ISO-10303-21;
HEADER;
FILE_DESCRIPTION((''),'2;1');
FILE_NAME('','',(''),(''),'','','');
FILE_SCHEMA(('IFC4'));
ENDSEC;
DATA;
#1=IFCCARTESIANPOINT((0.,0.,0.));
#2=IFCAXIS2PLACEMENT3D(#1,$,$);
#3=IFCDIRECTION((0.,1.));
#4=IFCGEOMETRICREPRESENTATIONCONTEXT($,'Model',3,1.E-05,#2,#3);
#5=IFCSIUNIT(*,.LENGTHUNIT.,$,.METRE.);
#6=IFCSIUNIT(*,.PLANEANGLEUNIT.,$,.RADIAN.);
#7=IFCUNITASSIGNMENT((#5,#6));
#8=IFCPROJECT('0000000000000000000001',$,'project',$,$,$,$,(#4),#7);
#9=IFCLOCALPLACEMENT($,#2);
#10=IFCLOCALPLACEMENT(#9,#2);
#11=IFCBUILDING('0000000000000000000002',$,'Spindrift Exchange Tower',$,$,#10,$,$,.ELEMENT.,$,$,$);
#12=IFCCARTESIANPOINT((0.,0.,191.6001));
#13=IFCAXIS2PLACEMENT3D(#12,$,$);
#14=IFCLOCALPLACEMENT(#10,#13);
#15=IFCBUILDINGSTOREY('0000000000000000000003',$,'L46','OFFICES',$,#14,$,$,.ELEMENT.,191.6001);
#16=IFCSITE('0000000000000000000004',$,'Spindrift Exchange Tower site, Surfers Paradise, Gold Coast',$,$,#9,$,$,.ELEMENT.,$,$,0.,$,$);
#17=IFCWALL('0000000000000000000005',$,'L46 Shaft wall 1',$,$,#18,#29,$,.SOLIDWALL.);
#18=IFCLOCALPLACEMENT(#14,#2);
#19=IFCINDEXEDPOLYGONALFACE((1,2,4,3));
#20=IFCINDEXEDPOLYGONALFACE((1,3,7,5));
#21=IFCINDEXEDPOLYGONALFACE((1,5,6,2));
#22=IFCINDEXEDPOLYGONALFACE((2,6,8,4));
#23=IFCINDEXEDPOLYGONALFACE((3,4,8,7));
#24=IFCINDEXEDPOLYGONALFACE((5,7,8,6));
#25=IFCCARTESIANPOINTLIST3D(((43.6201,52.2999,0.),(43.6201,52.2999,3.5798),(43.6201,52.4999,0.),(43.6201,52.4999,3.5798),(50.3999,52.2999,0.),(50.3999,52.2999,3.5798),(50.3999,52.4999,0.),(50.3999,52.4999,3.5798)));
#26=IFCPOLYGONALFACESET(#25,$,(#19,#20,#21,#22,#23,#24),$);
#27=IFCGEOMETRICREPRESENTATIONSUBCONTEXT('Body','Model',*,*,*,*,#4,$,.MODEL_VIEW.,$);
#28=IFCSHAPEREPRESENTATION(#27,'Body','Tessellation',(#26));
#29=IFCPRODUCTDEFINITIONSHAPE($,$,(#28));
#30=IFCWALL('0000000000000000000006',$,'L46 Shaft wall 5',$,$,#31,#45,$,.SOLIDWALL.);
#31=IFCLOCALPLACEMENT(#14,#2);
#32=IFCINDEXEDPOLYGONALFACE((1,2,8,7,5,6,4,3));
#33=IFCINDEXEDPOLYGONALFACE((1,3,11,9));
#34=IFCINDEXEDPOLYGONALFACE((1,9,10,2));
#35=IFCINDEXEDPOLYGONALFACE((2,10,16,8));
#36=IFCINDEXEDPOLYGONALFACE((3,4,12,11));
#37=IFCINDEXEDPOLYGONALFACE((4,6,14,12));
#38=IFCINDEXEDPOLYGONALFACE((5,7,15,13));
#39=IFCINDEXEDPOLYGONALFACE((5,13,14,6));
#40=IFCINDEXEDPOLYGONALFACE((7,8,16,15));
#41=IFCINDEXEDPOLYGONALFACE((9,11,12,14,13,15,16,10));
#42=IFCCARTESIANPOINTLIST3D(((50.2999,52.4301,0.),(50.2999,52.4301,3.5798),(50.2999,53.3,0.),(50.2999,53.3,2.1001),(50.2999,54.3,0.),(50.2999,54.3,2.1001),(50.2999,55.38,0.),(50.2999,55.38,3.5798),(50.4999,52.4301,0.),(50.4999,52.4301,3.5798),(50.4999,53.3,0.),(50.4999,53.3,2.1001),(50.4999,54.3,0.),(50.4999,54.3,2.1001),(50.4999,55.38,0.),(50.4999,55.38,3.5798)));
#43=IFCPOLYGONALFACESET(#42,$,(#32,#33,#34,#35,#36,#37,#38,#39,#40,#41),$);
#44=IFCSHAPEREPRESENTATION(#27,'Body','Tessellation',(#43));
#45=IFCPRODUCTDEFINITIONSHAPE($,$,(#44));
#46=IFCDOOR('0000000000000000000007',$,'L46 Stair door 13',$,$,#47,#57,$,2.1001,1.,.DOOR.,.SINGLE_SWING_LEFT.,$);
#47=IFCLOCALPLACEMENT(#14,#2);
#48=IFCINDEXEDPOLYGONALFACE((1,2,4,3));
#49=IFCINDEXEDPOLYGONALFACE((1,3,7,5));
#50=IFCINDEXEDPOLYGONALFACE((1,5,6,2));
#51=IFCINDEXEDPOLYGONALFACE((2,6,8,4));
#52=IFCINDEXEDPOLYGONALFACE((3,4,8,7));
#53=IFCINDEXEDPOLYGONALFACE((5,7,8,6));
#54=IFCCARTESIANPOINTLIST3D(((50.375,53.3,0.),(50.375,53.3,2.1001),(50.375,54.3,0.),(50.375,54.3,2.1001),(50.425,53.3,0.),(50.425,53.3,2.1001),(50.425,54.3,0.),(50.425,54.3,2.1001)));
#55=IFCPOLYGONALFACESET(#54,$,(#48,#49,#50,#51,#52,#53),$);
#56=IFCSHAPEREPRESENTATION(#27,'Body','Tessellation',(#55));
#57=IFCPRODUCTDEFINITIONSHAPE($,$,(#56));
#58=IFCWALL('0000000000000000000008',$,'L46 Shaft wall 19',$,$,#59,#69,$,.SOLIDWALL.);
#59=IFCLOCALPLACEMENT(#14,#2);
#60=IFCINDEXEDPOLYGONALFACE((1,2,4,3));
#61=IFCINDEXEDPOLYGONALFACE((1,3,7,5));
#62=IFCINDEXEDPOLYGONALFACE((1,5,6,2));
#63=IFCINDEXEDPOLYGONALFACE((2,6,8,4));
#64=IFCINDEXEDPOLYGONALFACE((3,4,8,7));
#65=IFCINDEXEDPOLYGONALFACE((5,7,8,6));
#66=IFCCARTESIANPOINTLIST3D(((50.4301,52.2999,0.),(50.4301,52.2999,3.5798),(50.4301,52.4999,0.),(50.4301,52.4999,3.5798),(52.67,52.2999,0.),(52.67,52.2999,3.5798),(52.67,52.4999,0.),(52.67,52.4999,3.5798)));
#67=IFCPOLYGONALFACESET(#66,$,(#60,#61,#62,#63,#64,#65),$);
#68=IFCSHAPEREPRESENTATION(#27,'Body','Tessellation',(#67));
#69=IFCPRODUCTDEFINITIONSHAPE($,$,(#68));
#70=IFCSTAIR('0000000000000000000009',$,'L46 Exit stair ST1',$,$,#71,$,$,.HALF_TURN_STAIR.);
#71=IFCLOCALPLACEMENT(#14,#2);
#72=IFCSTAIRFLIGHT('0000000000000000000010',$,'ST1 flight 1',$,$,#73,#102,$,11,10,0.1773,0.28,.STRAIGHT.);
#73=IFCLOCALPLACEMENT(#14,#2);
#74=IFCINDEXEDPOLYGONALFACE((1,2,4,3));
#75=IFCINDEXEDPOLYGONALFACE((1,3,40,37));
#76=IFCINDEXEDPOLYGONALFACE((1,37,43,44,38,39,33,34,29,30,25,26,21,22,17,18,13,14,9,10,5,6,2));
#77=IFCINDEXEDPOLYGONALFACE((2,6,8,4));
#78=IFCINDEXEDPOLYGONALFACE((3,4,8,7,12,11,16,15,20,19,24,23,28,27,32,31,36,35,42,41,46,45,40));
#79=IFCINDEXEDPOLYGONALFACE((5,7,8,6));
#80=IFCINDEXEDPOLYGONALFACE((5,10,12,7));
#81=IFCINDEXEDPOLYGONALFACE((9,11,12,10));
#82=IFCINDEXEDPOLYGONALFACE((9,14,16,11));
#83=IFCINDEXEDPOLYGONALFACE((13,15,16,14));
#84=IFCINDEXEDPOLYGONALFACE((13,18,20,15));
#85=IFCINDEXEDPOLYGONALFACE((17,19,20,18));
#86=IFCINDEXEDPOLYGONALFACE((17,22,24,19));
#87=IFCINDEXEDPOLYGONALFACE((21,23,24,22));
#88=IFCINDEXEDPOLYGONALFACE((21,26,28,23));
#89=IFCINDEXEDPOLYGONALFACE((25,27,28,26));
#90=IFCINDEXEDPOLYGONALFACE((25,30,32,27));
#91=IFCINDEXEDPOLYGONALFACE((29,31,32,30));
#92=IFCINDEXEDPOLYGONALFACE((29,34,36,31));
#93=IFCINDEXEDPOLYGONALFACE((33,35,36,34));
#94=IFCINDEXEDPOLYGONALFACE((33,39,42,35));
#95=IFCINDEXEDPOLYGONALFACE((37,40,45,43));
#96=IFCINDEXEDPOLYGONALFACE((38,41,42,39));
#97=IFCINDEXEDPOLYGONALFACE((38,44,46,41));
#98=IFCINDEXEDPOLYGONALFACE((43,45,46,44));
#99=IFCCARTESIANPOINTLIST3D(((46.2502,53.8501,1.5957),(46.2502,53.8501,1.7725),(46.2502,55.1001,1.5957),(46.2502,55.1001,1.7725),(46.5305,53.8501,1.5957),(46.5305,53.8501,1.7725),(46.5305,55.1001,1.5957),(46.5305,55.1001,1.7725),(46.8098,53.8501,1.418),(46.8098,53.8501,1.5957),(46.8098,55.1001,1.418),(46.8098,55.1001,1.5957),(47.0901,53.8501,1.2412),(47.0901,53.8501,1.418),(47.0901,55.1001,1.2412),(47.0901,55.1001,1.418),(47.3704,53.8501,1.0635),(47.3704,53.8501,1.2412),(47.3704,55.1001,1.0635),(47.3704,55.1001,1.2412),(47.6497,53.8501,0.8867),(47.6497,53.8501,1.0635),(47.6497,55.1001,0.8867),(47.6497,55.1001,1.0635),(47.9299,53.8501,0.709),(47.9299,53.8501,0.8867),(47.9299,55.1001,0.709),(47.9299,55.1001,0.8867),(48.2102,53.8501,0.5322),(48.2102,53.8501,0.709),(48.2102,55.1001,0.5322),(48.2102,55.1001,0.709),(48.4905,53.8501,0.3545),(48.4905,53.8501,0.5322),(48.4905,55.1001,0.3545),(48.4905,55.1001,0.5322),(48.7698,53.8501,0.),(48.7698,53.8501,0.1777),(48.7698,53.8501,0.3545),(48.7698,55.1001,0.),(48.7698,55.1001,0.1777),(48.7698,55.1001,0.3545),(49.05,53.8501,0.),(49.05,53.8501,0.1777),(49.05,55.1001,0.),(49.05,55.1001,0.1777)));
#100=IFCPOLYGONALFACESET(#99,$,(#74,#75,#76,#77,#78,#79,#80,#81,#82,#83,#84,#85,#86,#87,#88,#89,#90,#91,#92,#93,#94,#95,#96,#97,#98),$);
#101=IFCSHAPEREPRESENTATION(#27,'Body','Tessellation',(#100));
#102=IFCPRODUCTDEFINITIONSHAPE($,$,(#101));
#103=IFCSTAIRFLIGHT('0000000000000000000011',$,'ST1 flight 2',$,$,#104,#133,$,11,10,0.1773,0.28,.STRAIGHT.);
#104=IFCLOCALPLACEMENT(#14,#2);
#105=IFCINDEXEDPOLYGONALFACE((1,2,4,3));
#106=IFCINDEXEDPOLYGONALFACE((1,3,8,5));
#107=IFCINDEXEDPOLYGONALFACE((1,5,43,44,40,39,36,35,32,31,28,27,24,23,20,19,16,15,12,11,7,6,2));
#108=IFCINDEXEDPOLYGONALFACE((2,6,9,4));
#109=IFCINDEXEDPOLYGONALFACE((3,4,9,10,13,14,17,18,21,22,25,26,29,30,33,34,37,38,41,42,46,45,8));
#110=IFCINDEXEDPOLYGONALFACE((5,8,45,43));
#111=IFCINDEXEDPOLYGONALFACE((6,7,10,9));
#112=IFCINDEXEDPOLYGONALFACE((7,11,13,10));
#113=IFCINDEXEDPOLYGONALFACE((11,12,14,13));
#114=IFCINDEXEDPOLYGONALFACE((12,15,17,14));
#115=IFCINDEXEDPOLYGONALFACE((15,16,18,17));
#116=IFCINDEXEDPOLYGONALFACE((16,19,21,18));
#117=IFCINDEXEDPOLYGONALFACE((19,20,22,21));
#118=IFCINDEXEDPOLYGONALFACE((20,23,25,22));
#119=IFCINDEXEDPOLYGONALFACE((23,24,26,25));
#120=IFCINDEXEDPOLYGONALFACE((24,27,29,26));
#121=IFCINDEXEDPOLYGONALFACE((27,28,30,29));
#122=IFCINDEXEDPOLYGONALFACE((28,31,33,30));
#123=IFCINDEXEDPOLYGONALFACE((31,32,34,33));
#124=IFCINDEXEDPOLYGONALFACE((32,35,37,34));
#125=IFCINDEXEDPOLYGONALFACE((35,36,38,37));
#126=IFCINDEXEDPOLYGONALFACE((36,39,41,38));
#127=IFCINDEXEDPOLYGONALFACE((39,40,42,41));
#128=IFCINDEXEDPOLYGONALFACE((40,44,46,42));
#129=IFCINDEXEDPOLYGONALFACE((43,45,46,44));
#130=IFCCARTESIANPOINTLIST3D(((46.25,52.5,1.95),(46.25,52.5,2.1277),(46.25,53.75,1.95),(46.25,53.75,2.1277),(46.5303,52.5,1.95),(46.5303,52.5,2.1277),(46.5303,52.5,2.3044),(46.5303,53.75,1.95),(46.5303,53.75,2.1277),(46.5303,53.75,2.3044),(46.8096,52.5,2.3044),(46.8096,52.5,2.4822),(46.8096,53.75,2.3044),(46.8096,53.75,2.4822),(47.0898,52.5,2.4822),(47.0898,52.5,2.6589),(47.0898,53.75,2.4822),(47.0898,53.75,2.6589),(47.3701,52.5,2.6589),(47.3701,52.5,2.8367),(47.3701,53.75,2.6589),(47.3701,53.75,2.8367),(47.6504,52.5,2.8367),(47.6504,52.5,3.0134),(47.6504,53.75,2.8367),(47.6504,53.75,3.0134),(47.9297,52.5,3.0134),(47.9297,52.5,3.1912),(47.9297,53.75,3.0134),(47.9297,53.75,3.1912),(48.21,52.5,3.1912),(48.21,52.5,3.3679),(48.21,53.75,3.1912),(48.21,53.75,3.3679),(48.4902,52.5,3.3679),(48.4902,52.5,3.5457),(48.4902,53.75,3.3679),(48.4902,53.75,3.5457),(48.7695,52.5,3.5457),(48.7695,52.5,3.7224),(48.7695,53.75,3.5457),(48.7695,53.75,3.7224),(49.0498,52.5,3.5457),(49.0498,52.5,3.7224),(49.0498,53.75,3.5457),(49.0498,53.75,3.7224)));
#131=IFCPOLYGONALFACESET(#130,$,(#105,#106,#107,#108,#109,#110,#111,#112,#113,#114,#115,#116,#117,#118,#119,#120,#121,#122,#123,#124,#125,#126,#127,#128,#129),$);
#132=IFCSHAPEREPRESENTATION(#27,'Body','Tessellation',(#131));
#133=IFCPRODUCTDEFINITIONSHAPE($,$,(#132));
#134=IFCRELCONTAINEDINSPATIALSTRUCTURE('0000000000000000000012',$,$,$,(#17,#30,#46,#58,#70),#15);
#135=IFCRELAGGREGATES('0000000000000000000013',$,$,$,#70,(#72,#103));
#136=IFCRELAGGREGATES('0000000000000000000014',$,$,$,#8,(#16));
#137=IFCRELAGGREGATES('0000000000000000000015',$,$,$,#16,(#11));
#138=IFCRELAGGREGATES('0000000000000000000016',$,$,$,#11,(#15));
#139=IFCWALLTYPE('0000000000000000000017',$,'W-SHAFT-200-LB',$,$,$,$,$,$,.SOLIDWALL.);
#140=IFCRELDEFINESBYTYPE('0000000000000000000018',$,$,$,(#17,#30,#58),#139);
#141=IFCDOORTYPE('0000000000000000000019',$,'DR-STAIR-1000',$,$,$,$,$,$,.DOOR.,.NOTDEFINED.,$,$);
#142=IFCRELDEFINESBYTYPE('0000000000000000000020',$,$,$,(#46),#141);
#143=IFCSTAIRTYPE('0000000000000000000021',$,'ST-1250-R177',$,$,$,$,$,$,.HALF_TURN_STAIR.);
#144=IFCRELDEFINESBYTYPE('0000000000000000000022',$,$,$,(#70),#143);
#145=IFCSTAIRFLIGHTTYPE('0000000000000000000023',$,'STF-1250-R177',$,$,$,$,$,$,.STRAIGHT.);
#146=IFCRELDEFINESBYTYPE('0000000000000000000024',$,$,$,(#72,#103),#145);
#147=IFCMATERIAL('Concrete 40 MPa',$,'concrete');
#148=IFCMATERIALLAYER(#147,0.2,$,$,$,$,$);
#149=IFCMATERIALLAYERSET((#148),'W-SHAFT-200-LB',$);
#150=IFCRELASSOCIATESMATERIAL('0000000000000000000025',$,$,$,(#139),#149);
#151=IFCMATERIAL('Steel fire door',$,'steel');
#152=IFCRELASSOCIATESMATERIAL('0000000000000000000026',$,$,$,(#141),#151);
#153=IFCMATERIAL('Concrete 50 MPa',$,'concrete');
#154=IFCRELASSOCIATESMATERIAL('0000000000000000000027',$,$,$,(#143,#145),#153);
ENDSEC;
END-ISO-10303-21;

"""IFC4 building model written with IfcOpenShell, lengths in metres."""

from ifc_helpers import new_model, si_unit, direction, frame, frame_2d, origin, place, context, subcontext, project, spatial, line, indexed_curve, rectangle, outline, extrude, source, transform, mapped, material, layer, layer_set, type_object, element, fill, aggregate, save


model = new_model("IFC4")

# Units and contexts
model_context = context("Model", 3, precision=1e-05, world=origin(), true_north=direction((0.0, 1.0)))
body_context = subcontext(model_context, "Body", "Model", "MODEL_VIEW")
ifc_project = project(units=[si_unit("LENGTHUNIT", "METRE"), si_unit("PLANEANGLEUNIT", "RADIAN")], contexts=[model_context])

# Site, building, storey
site_placement = place(None, origin())
site = spatial("IfcSite", under=ifc_project, at=site_placement, Name="Spindrift Exchange Tower site, Surfers Paradise, Gold Coast", CompositionType="ELEMENT", RefElevation=0.0)
building_placement = place(site_placement, origin())
building = spatial("IfcBuilding", under=site, at=building_placement, Name="Spindrift Exchange Tower", CompositionType="ELEMENT")
storey_placement = place(building_placement, frame((0.0, 0.0, 191.6001)))
storey = spatial("IfcBuildingStorey", under=building, at=storey_placement, Name="L46", Description="OFFICES", CompositionType="ELEMENT", Elevation=191.6001)

# Shared definitions
ifc_material_1 = material(Name="Concrete 50 MPa", Category="concrete")

# Wall
ifc_material_2 = material(Name="Concrete 40 MPa", Category="concrete")
ifc_layer_1 = layer(ifc_material_2, 0.2)
ifc_layer_set_1 = layer_set([ifc_layer_1], Name="W-SHAFT-200-LB")
wall_type_1 = type_object("IfcWallType", Name="W-SHAFT-200-LB", PredefinedType="SOLIDWALL", material=ifc_layer_set_1)
wall_1_placement = place(storey_placement, frame((43.6201, 52.3999, 0.0), z_axis=(0.0, 0.0, 1.0), x_axis=(1.0, 0.0, 0.0)))
element("IfcWall", 1, at=wall_1_placement, inside=storey, type_object=wall_type_1, Name="L46 Shaft wall 1", PredefinedType="SOLIDWALL", context=body_context, shape_type="SweptSolid", body=[
    extrude(rectangle(XDim=6.7798, YDim=0.2, at=frame_2d((3.3899, 0.0))), origin(), (0.0, 0.0, 1.0), 3.5798),
])

# Wall, opening, door
wall_2_placement = place(storey_placement, frame((50.3999, 52.4299, 0.0), z_axis=(0.0, 0.0, 1.0), x_axis=(0.0, 1.0, 0.0)))
wall_2 = element("IfcWall", 2, at=wall_2_placement, inside=storey, type_object=wall_type_1, Name="L46 Shaft wall 5", PredefinedType="SOLIDWALL", context=body_context, shape_type="SweptSolid", body=[
    extrude(rectangle(XDim=2.95, YDim=0.2, at=frame_2d((1.4751, 0.0))), origin(), (0.0, 0.0, 1.0), 3.5798),
])
opening_1_placement = place(wall_2_placement, frame((0.8701, 0.0, 0.0)))
opening_1 = element("IfcOpeningElement", 3, at=opening_1_placement, cuts=wall_2, PredefinedType="OPENING", context=body_context, shape_type="SweptSolid", body=[
    extrude(rectangle(XDim=1.0, YDim=2.1001, at=frame_2d((0.5, 1.05))), frame((0.0, 0.1099, 0.0), z_axis=(0.0, -1.0, 0.0), x_axis=(1.0, 0.0, 0.0)), (0.0, 0.0, 1.0), 0.22),
])
ifc_material_3 = material(Name="Steel fire door", Category="steel")
door_type_1 = type_object("IfcDoorType", Name="DR-STAIR-1000", OperationType="NOTDEFINED", PredefinedType="DOOR", material=ifc_material_3)
shared_shape_1 = source(origin(), body_context, "Body", "SweptSolid", [
    extrude(rectangle(XDim=1.0, YDim=2.1001, at=frame_2d((0.5, 1.05))), frame((0.0, 0.0249, 0.0), z_axis=(0.0, -1.0, 0.0), x_axis=(1.0, 0.0, 0.0)), (0.0, 0.0, 1.0), 0.05),
])
door_1_placement = place(opening_1_placement, origin())
door_1 = element("IfcDoor", 4, at=door_1_placement, inside=storey, type_object=door_type_1, Name="L46 Stair door 13", OperationType="SINGLE_SWING_LEFT", OverallHeight=2.1001, OverallWidth=1.0, PredefinedType="DOOR", context=body_context, shape_type="MappedRepresentation", body=[
    mapped(shared_shape_1, transform((0.0, 0.0, 0.0), scale=1.0)),
])
fill(opening_1, door_1)

# Wall
wall_3_placement = place(storey_placement, frame((50.4299, 52.3999, 0.0), z_axis=(0.0, 0.0, 1.0), x_axis=(1.0, 0.0, 0.0)))
element("IfcWall", 5, at=wall_3_placement, inside=storey, type_object=wall_type_1, Name="L46 Shaft wall 19", PredefinedType="SOLIDWALL", context=body_context, shape_type="SweptSolid", body=[
    extrude(rectangle(XDim=2.24, YDim=0.2, at=frame_2d((1.1201, 0.0))), origin(), (0.0, 0.0, 1.0), 3.5798),
])

# Stair, stair flights
stair_type = type_object("IfcStairType", Name="ST-1250-R177", PredefinedType="HALF_TURN_STAIR", material=ifc_material_1)
stair_placement = place(storey_placement, origin())
stair = element("IfcStair", 6, at=stair_placement, inside=storey, type_object=stair_type, Name="L46 Exit stair ST1", PredefinedType="HALF_TURN_STAIR")
stair_flight_type = type_object("IfcStairFlightType", Name="STF-1250-R177", PredefinedType="STRAIGHT", material=ifc_material_1)
stair_flight_1_placement = place(storey_placement, frame((49.05, 54.4751, 0.0), z_axis=(0.0, 0.0, 1.0), x_axis=(-1.0, 0.0, 0.0)))
stair_flight_1 = element("IfcStairFlight", 7, at=stair_flight_1_placement, type_object=stair_flight_type, Name="ST1 flight 1", NumberOfRisers=11, NumberOfTreads=10, PredefinedType="STRAIGHT", RiserHeight=0.1773, TreadLength=0.28, context=body_context, shape_type="SweptSolid", body=[
    extrude(outline(indexed_curve([(0.0, 0.0), (0.0, 0.1777), (0.2803, 0.1777), (0.2803, 0.3545), (0.5596, 0.3545), (0.5596, 0.5322), (0.8398, 0.5322), (0.8398, 0.709), (1.1201, 0.709), (1.1201, 0.8867), (1.4004, 0.8867), (1.4004, 1.0635), (1.6797, 1.0635), (1.6797, 1.2412), (1.96, 1.2412), (1.96, 1.418), (2.2402, 1.418), (2.2402, 1.5957), (2.5195, 1.5957), (2.5195, 1.7725), (2.7998, 1.7725), (2.7998, 1.9502), (2.7998, 1.5957), (0.2803, 0.0)], segments=[line(1, 2, 3, 4, 5, 6, 7, 8, 9, 10, 11, 12, 13, 14, 15, 16, 17, 18, 19, 20, 21, 22, 23, 24, 1)], self_intersect=False)), frame((0.0, 0.625, 0.0), z_axis=(0.0, -1.0, 0.0), x_axis=(1.0, 0.0, 0.0)), (0.0, 0.0, 1.0), 1.25),
])
stair_flight_2_placement = place(storey_placement, frame((46.25, 53.125, 1.95), z_axis=(0.0, 0.0, 1.0), x_axis=(1.0, 0.0, 0.0)))
stair_flight_2 = element("IfcStairFlight", 8, at=stair_flight_2_placement, type_object=stair_flight_type, Name="ST1 flight 2", NumberOfRisers=11, NumberOfTreads=10, PredefinedType="STRAIGHT", RiserHeight=0.1773, TreadLength=0.28, context=body_context, shape_type="SweptSolid", body=[
    extrude(outline(indexed_curve([(0.0, 0.0), (0.0, 0.1777), (0.2803, 0.1777), (0.2803, 0.3545), (0.5596, 0.3545), (0.5596, 0.5322), (0.8398, 0.5322), (0.8398, 0.709), (1.1201, 0.709), (1.1201, 0.8867), (1.4004, 0.8867), (1.4004, 1.0635), (1.6797, 1.0635), (1.6797, 1.2412), (1.96, 1.2412), (1.96, 1.418), (2.2402, 1.418), (2.2402, 1.5957), (2.5195, 1.5957), (2.5195, 1.7725), (2.7998, 1.7725), (2.7998, 1.9502), (2.7998, 1.5957), (0.2803, 0.0)], segments=[line(1, 2, 3, 4, 5, 6, 7, 8, 9, 10, 11, 12, 13, 14, 15, 16, 17, 18, 19, 20, 21, 22, 23, 24, 1)], self_intersect=False)), frame((0.0, 0.625, 0.0), z_axis=(0.0, -1.0, 0.0), x_axis=(1.0, 0.0, 0.0)), (0.0, 0.0, 1.0), 1.25),
])
aggregate(stair, [stair_flight_1, stair_flight_2])

save(model, "model.ifc")
